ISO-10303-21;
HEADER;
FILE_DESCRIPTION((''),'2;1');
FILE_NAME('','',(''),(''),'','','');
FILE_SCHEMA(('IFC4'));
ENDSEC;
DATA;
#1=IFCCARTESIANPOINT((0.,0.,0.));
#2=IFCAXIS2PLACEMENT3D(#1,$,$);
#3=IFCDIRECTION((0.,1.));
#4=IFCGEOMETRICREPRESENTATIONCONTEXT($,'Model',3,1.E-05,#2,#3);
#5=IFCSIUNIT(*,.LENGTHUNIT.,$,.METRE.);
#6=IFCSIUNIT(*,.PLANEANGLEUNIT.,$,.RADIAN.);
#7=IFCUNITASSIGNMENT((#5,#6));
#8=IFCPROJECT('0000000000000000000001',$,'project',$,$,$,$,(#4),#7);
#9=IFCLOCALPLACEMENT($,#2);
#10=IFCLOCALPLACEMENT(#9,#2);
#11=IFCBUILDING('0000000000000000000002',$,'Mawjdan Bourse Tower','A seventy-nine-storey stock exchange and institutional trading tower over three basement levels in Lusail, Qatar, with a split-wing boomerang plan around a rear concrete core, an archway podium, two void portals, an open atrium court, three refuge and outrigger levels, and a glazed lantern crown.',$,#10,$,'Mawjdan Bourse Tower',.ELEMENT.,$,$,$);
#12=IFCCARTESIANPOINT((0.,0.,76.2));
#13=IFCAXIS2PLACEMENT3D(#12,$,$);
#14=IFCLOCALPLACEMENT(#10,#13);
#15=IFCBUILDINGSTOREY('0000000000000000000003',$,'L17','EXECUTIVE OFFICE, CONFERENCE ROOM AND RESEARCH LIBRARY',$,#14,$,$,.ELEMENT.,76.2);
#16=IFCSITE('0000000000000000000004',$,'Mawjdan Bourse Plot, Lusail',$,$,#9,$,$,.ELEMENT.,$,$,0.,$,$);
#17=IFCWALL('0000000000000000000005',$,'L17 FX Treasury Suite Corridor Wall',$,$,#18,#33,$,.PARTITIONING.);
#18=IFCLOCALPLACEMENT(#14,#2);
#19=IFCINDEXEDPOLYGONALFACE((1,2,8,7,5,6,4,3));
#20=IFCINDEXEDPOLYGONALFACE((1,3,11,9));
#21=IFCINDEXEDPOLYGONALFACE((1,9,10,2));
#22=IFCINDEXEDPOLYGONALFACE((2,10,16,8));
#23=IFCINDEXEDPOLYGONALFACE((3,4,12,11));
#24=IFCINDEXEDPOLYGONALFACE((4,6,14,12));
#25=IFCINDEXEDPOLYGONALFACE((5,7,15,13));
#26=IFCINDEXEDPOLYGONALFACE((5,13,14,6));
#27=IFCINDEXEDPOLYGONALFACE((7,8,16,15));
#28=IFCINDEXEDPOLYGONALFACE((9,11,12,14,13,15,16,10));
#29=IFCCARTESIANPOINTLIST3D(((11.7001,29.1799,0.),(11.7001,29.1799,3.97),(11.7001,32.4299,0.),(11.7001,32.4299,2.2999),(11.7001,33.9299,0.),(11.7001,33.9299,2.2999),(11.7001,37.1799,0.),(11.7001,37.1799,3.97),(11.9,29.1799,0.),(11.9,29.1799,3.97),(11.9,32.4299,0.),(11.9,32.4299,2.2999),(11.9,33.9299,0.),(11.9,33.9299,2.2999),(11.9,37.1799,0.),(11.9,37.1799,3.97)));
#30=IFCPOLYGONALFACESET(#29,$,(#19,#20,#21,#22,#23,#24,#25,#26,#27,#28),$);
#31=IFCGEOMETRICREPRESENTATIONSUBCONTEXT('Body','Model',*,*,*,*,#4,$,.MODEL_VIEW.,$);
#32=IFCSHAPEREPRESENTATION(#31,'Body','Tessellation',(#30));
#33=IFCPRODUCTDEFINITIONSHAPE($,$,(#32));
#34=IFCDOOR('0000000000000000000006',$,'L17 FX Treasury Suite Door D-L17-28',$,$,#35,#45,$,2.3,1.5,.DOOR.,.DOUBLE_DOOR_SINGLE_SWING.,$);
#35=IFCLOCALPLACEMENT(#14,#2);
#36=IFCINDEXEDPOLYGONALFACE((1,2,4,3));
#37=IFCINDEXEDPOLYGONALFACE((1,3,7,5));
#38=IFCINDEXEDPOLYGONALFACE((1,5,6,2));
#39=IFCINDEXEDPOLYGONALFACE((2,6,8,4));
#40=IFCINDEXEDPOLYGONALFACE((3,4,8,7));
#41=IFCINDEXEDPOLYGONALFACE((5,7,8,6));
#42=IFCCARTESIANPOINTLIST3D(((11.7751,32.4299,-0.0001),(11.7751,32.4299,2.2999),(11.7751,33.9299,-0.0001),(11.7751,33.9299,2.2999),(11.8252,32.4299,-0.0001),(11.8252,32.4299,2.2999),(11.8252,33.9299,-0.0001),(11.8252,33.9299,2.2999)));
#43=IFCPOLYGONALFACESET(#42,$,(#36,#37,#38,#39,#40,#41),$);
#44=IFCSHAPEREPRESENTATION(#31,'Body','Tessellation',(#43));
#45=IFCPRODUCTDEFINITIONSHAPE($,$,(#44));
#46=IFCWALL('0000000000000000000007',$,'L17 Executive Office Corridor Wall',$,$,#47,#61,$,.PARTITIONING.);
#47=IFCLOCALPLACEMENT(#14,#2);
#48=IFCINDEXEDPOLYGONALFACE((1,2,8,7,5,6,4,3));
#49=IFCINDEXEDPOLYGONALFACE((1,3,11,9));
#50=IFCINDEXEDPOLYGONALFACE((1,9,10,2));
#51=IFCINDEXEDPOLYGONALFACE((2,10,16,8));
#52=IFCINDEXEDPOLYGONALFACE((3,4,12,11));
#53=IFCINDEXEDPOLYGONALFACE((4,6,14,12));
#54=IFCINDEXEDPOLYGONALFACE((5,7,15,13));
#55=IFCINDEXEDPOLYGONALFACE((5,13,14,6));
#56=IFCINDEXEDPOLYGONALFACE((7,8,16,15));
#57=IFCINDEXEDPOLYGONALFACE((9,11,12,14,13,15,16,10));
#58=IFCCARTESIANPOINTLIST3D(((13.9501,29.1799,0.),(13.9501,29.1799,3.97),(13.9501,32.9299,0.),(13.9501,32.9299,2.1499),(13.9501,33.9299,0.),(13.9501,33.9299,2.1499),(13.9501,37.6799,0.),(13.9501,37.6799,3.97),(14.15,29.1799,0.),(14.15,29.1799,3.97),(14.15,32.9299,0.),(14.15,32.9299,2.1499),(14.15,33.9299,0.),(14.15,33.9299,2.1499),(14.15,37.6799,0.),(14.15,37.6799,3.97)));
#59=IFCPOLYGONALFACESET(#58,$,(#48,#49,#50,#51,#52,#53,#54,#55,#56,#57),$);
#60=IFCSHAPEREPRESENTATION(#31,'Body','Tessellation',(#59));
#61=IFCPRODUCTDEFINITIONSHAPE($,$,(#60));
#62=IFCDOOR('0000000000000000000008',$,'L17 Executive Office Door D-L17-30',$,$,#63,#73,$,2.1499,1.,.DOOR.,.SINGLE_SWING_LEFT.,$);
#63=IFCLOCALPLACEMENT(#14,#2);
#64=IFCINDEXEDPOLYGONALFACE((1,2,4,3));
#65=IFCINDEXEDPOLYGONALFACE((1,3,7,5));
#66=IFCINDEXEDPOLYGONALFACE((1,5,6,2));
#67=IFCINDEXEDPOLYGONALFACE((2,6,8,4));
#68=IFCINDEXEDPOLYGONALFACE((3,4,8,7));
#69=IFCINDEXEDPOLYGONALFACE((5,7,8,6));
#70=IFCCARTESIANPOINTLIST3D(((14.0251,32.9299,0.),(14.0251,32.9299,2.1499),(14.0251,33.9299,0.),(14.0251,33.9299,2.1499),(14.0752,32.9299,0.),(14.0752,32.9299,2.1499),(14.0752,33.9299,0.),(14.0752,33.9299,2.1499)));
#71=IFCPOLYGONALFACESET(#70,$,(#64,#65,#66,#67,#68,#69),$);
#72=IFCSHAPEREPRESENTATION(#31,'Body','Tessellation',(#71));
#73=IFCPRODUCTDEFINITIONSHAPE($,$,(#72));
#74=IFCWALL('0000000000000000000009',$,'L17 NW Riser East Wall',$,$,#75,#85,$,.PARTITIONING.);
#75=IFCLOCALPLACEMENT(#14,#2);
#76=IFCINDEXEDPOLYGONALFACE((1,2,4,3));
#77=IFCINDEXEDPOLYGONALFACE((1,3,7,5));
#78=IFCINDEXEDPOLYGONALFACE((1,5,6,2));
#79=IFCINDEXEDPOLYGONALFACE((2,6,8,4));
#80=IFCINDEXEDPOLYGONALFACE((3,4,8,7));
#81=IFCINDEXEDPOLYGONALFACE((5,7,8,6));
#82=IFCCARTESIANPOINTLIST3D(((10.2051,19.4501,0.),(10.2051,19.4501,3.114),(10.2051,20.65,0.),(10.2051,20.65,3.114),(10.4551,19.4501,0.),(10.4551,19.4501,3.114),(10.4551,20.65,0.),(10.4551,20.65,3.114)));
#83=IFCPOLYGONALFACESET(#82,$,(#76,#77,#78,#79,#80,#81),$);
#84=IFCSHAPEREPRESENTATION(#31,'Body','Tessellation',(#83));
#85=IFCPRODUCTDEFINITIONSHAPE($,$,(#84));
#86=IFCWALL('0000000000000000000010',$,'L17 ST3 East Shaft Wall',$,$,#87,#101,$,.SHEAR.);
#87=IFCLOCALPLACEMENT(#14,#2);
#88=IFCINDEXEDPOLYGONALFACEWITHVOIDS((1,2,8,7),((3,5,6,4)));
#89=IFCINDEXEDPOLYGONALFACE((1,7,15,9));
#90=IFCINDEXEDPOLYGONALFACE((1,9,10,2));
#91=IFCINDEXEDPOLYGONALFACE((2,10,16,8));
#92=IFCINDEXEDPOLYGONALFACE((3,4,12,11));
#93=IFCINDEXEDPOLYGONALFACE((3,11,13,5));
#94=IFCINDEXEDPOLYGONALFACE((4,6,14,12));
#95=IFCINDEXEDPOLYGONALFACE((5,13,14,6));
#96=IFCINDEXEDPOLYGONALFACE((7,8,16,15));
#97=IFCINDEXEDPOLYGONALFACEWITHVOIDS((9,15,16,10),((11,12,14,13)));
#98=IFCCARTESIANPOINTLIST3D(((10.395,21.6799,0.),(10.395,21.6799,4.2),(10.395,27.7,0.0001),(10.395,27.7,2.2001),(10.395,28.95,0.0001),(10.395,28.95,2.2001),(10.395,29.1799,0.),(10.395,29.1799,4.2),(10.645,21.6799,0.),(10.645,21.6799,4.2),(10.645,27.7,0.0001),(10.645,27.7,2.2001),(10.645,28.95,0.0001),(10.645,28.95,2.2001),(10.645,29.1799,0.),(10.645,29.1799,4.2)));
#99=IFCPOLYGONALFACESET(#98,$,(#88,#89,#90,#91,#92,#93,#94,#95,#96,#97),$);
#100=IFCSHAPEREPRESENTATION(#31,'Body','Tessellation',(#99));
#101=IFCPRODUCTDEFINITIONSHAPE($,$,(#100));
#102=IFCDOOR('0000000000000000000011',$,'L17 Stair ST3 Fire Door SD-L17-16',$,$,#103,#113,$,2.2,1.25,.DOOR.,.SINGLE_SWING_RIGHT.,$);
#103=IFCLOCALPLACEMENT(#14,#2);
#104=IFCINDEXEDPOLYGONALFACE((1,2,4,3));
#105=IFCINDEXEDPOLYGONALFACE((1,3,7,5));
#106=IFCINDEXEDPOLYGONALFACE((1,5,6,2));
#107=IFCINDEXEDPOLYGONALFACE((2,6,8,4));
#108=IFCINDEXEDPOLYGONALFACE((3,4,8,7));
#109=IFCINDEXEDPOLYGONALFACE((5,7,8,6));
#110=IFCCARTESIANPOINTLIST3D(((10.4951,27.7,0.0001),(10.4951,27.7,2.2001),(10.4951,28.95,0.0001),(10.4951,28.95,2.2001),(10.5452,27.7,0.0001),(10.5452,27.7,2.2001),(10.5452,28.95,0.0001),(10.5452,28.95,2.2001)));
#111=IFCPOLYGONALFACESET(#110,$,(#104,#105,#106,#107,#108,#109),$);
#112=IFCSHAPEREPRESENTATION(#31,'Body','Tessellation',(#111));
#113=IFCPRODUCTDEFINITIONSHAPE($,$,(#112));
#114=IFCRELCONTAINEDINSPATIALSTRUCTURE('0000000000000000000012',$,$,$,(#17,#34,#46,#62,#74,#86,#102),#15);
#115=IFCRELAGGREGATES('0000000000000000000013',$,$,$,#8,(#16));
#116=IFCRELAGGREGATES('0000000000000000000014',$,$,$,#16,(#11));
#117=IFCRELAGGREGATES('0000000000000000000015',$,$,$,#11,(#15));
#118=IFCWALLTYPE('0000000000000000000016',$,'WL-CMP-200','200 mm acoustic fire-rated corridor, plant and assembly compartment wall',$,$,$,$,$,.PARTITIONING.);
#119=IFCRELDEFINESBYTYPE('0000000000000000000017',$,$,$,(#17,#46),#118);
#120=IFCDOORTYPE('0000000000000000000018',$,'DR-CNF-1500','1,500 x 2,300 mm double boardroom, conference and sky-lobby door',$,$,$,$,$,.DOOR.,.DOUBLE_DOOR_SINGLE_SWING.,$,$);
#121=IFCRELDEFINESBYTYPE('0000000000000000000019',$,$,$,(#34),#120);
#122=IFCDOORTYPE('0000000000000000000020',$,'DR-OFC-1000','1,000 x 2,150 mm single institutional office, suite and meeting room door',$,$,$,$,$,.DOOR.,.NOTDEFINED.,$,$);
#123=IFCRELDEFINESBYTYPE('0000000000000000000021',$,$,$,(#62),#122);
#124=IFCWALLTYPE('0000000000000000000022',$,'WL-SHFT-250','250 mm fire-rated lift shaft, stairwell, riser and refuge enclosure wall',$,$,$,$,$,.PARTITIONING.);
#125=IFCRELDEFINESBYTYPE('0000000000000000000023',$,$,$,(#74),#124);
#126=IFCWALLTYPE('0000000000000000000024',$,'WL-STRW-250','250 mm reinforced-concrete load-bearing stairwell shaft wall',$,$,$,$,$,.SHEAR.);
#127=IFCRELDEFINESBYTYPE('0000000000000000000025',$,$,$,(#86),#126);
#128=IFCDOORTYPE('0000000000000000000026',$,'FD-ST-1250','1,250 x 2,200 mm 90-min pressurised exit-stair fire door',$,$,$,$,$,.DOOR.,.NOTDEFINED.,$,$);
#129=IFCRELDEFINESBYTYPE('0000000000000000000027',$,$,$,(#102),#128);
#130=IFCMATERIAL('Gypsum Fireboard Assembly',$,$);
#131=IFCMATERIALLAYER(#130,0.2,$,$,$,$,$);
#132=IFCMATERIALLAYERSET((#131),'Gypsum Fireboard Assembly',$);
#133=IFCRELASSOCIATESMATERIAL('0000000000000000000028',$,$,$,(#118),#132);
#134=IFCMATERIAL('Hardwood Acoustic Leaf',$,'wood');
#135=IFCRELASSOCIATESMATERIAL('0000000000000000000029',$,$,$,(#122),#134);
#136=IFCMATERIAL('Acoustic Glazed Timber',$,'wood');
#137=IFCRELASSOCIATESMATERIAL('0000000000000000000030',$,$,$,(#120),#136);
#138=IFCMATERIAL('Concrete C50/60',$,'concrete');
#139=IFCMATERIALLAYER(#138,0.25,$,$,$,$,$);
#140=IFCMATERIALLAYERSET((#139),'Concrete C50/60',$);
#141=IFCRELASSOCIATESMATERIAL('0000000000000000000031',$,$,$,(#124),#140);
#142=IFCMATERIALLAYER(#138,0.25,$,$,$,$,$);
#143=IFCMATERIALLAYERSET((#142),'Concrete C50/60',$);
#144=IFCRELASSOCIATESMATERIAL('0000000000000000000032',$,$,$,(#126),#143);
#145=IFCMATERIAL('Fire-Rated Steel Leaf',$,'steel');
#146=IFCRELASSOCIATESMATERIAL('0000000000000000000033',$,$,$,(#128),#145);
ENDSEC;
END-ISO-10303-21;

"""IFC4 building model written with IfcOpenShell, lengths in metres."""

from ifc_helpers import new_model, si_unit, direction, frame, frame_2d, origin, place, context, subcontext, project, spatial, rectangle, extrude, material, layer, layer_set, type_object, element, fill, save


model = new_model("IFC4")

# Units and contexts
model_context = context("Model", 3, precision=1e-05, world=origin(), true_north=direction((0.0, 1.0)))
body_context = subcontext(model_context, "Body", "Model", "MODEL_VIEW")
ifc_project = project(units=[si_unit("LENGTHUNIT", "METRE"), si_unit("PLANEANGLEUNIT", "RADIAN")], contexts=[model_context])

# Site, building, storey
site_placement = place(None, origin())
site = spatial("IfcSite", under=ifc_project, at=site_placement, Name="Mawjdan Bourse Plot, Lusail", CompositionType="ELEMENT", RefElevation=0.0)
building_placement = place(site_placement, origin())
building = spatial("IfcBuilding", under=site, at=building_placement, Name="Mawjdan Bourse Tower", Description="A seventy-nine-storey stock exchange and institutional trading tower over three basement levels in Lusail, Qatar, with a split-wing boomerang plan around a rear concrete core, an archway podium, two void portals, an open atrium court, three refuge and outrigger levels, and a glazed lantern crown.", LongName="Mawjdan Bourse Tower", CompositionType="ELEMENT")
storey_placement = place(building_placement, frame((0.0, 0.0, 76.2)))
storey = spatial("IfcBuildingStorey", under=building, at=storey_placement, Name="L17", Description="EXECUTIVE OFFICE, CONFERENCE ROOM AND RESEARCH LIBRARY", CompositionType="ELEMENT", Elevation=76.2)

# Shared definitions
ifc_material_1 = material(Name="Gypsum Fireboard Assembly")
ifc_layer_1 = layer(ifc_material_1, 0.2)
ifc_layer_set_1 = layer_set([ifc_layer_1], Name="Gypsum Fireboard Assembly")
wall_type_1 = type_object("IfcWallType", Name="WL-CMP-200", Description="200 mm acoustic fire-rated corridor, plant and assembly compartment wall", PredefinedType="PARTITIONING", material=ifc_layer_set_1)
ifc_material_2 = material(Name="Hardwood Acoustic Leaf", Category="wood")
door_type_1 = type_object("IfcDoorType", Name="DR-OFC-1000", Description="1,000 x 2,150 mm single institutional office, suite and meeting room door", OperationType="NOTDEFINED", PredefinedType="DOOR", material=ifc_material_2)

# Walls, openings, doors
wall_1_placement = place(storey_placement, frame((11.8, 29.1799, 0.0), z_axis=(0.0, 0.0, 1.0), x_axis=(0.0, 1.0, 0.0)))
wall_1 = element("IfcWall", 1, at=wall_1_placement, inside=storey, type_object=wall_type_1, Name="L17 FX Treasury Suite Corridor Wall", PredefinedType="PARTITIONING", context=body_context, shape_type="SweptSolid", body=[
    extrude(rectangle(XDim=8.0, YDim=0.2, at=frame_2d((4.0, 0.0))), origin(), (0.0, 0.0, 1.0), 3.97),
])
opening_1_placement = place(wall_1_placement, frame((3.25, 0.0, 0.0)))
opening_1 = element("IfcOpeningElement", 2, at=opening_1_placement, cuts=wall_1, PredefinedType="OPENING", context=body_context, shape_type="SweptSolid", body=[
    extrude(rectangle(XDim=1.5, YDim=2.3, at=frame_2d((0.75, 1.1499))), frame((0.0, 0.1099, 0.0), z_axis=(0.0, -1.0, 0.0), x_axis=(1.0, 0.0, 0.0)), (0.0, 0.0, 1.0), 0.22),
])
ifc_material_3 = material(Name="Acoustic Glazed Timber", Category="wood")
door_type_2 = type_object("IfcDoorType", Name="DR-CNF-1500", Description="1,500 x 2,300 mm double boardroom, conference and sky-lobby door", OperationType="DOUBLE_DOOR_SINGLE_SWING", PredefinedType="DOOR", material=ifc_material_3)
door_1_placement = place(opening_1_placement, origin())
door_1 = element("IfcDoor", 3, at=door_1_placement, inside=storey, type_object=door_type_2, Name="L17 FX Treasury Suite Door D-L17-28", OperationType="DOUBLE_DOOR_SINGLE_SWING", OverallHeight=2.3, OverallWidth=1.5, PredefinedType="DOOR", context=body_context, shape_type="SweptSolid", body=[
    extrude(rectangle(XDim=1.5, YDim=2.3, at=frame_2d((0.75, 1.1499))), frame((0.0, 0.0249, 0.0), z_axis=(0.0, -1.0, 0.0), x_axis=(1.0, 0.0, 0.0)), (0.0, 0.0, 1.0), 0.05),
])
fill(opening_1, door_1)
wall_2_placement = place(storey_placement, frame((14.05, 29.1799, 0.0), z_axis=(0.0, 0.0, 1.0), x_axis=(0.0, 1.0, 0.0)))
wall_2 = element("IfcWall", 4, at=wall_2_placement, inside=storey, type_object=wall_type_1, Name="L17 Executive Office Corridor Wall", PredefinedType="PARTITIONING", context=body_context, shape_type="SweptSolid", body=[
    extrude(rectangle(XDim=8.5, YDim=0.2, at=frame_2d((4.25, 0.0))), origin(), (0.0, 0.0, 1.0), 3.97),
])
opening_2_placement = place(wall_2_placement, frame((3.75, 0.0, 0.0)))
opening_2 = element("IfcOpeningElement", 5, at=opening_2_placement, cuts=wall_2, PredefinedType="OPENING", context=body_context, shape_type="SweptSolid", body=[
    extrude(rectangle(XDim=1.0, YDim=2.1499, at=frame_2d((0.5, 1.075))), frame((0.0, 0.1099, 0.0), z_axis=(0.0, -1.0, 0.0), x_axis=(1.0, 0.0, 0.0)), (0.0, 0.0, 1.0), 0.22),
])
door_2_placement = place(opening_2_placement, origin())
door_2 = element("IfcDoor", 6, at=door_2_placement, inside=storey, type_object=door_type_1, Name="L17 Executive Office Door D-L17-30", OperationType="SINGLE_SWING_LEFT", OverallHeight=2.1499, OverallWidth=1.0, PredefinedType="DOOR", context=body_context, shape_type="SweptSolid", body=[
    extrude(rectangle(XDim=1.0, YDim=2.1499, at=frame_2d((0.5, 1.075))), frame((0.0, 0.0249, 0.0), z_axis=(0.0, -1.0, 0.0), x_axis=(1.0, 0.0, 0.0)), (0.0, 0.0, 1.0), 0.05),
])
fill(opening_2, door_2)

# Wall
ifc_material_4 = material(Name="Concrete C50/60", Category="concrete")
ifc_layer_2 = layer(ifc_material_4, 0.25)
ifc_layer_set_2 = layer_set([ifc_layer_2], Name="Concrete C50/60")
wall_type_2 = type_object("IfcWallType", Name="WL-SHFT-250", Description="250 mm fire-rated lift shaft, stairwell, riser and refuge enclosure wall", PredefinedType="PARTITIONING", material=ifc_layer_set_2)
wall_3_placement = place(storey_placement, frame((10.3301, 19.45, 0.0), z_axis=(0.0, 0.0, 1.0), x_axis=(0.0, 1.0, 0.0)))
element("IfcWall", 7, at=wall_3_placement, inside=storey, type_object=wall_type_2, Name="L17 NW Riser East Wall", PredefinedType="PARTITIONING", context=body_context, shape_type="SweptSolid", body=[
    extrude(rectangle(XDim=1.2, YDim=0.25, at=frame_2d((0.6001, 0.0))), origin(), (0.0, 0.0, 1.0), 3.114),
])

# Wall, opening, door
ifc_layer_3 = layer(ifc_material_4, 0.25)
ifc_layer_set_3 = layer_set([ifc_layer_3], Name="Concrete C50/60")
wall_type_3 = type_object("IfcWallType", Name="WL-STRW-250", Description="250 mm reinforced-concrete load-bearing stairwell shaft wall", PredefinedType="SHEAR", material=ifc_layer_set_3)
wall_4_placement = place(storey_placement, frame((10.52, 21.6799, 0.0), z_axis=(0.0, 0.0, 1.0), x_axis=(0.0, 1.0, 0.0)))
wall_4 = element("IfcWall", 8, at=wall_4_placement, inside=storey, type_object=wall_type_3, Name="L17 ST3 East Shaft Wall", PredefinedType="SHEAR", context=body_context, shape_type="SweptSolid", body=[
    extrude(rectangle(XDim=7.5, YDim=0.25, at=frame_2d((3.75, 0.0))), origin(), (0.0, 0.0, 1.0), 4.2),
])
opening_3_placement = place(wall_4_placement, frame((6.02, 0.0, 0.0)))
opening_3 = element("IfcOpeningElement", 9, at=opening_3_placement, cuts=wall_4, PredefinedType="OPENING", context=body_context, shape_type="SweptSolid", body=[
    extrude(rectangle(XDim=1.25, YDim=2.2, at=frame_2d((0.625, 1.1001))), frame((0.0, 0.135, 0.0), z_axis=(0.0, -1.0, 0.0), x_axis=(1.0, 0.0, 0.0)), (0.0, 0.0, 1.0), 0.27),
])
ifc_material_5 = material(Name="Fire-Rated Steel Leaf", Category="steel")
door_type_3 = type_object("IfcDoorType", Name="FD-ST-1250", Description="1,250 x 2,200 mm 90-min pressurised exit-stair fire door", OperationType="NOTDEFINED", PredefinedType="DOOR", material=ifc_material_5)
door_3_placement = place(opening_3_placement, origin())
door_3 = element("IfcDoor", 10, at=door_3_placement, inside=storey, type_object=door_type_3, Name="L17 Stair ST3 Fire Door SD-L17-16", OperationType="SINGLE_SWING_RIGHT", OverallHeight=2.2, OverallWidth=1.25, PredefinedType="DOOR", context=body_context, shape_type="SweptSolid", body=[
    extrude(rectangle(XDim=1.25, YDim=2.2, at=frame_2d((0.625, 1.1001))), frame((0.0, 0.0249, 0.0), z_axis=(0.0, -1.0, 0.0), x_axis=(1.0, 0.0, 0.0)), (0.0, 0.0, 1.0), 0.05),
])
fill(opening_3, door_3)

save(model, "model.ifc")
